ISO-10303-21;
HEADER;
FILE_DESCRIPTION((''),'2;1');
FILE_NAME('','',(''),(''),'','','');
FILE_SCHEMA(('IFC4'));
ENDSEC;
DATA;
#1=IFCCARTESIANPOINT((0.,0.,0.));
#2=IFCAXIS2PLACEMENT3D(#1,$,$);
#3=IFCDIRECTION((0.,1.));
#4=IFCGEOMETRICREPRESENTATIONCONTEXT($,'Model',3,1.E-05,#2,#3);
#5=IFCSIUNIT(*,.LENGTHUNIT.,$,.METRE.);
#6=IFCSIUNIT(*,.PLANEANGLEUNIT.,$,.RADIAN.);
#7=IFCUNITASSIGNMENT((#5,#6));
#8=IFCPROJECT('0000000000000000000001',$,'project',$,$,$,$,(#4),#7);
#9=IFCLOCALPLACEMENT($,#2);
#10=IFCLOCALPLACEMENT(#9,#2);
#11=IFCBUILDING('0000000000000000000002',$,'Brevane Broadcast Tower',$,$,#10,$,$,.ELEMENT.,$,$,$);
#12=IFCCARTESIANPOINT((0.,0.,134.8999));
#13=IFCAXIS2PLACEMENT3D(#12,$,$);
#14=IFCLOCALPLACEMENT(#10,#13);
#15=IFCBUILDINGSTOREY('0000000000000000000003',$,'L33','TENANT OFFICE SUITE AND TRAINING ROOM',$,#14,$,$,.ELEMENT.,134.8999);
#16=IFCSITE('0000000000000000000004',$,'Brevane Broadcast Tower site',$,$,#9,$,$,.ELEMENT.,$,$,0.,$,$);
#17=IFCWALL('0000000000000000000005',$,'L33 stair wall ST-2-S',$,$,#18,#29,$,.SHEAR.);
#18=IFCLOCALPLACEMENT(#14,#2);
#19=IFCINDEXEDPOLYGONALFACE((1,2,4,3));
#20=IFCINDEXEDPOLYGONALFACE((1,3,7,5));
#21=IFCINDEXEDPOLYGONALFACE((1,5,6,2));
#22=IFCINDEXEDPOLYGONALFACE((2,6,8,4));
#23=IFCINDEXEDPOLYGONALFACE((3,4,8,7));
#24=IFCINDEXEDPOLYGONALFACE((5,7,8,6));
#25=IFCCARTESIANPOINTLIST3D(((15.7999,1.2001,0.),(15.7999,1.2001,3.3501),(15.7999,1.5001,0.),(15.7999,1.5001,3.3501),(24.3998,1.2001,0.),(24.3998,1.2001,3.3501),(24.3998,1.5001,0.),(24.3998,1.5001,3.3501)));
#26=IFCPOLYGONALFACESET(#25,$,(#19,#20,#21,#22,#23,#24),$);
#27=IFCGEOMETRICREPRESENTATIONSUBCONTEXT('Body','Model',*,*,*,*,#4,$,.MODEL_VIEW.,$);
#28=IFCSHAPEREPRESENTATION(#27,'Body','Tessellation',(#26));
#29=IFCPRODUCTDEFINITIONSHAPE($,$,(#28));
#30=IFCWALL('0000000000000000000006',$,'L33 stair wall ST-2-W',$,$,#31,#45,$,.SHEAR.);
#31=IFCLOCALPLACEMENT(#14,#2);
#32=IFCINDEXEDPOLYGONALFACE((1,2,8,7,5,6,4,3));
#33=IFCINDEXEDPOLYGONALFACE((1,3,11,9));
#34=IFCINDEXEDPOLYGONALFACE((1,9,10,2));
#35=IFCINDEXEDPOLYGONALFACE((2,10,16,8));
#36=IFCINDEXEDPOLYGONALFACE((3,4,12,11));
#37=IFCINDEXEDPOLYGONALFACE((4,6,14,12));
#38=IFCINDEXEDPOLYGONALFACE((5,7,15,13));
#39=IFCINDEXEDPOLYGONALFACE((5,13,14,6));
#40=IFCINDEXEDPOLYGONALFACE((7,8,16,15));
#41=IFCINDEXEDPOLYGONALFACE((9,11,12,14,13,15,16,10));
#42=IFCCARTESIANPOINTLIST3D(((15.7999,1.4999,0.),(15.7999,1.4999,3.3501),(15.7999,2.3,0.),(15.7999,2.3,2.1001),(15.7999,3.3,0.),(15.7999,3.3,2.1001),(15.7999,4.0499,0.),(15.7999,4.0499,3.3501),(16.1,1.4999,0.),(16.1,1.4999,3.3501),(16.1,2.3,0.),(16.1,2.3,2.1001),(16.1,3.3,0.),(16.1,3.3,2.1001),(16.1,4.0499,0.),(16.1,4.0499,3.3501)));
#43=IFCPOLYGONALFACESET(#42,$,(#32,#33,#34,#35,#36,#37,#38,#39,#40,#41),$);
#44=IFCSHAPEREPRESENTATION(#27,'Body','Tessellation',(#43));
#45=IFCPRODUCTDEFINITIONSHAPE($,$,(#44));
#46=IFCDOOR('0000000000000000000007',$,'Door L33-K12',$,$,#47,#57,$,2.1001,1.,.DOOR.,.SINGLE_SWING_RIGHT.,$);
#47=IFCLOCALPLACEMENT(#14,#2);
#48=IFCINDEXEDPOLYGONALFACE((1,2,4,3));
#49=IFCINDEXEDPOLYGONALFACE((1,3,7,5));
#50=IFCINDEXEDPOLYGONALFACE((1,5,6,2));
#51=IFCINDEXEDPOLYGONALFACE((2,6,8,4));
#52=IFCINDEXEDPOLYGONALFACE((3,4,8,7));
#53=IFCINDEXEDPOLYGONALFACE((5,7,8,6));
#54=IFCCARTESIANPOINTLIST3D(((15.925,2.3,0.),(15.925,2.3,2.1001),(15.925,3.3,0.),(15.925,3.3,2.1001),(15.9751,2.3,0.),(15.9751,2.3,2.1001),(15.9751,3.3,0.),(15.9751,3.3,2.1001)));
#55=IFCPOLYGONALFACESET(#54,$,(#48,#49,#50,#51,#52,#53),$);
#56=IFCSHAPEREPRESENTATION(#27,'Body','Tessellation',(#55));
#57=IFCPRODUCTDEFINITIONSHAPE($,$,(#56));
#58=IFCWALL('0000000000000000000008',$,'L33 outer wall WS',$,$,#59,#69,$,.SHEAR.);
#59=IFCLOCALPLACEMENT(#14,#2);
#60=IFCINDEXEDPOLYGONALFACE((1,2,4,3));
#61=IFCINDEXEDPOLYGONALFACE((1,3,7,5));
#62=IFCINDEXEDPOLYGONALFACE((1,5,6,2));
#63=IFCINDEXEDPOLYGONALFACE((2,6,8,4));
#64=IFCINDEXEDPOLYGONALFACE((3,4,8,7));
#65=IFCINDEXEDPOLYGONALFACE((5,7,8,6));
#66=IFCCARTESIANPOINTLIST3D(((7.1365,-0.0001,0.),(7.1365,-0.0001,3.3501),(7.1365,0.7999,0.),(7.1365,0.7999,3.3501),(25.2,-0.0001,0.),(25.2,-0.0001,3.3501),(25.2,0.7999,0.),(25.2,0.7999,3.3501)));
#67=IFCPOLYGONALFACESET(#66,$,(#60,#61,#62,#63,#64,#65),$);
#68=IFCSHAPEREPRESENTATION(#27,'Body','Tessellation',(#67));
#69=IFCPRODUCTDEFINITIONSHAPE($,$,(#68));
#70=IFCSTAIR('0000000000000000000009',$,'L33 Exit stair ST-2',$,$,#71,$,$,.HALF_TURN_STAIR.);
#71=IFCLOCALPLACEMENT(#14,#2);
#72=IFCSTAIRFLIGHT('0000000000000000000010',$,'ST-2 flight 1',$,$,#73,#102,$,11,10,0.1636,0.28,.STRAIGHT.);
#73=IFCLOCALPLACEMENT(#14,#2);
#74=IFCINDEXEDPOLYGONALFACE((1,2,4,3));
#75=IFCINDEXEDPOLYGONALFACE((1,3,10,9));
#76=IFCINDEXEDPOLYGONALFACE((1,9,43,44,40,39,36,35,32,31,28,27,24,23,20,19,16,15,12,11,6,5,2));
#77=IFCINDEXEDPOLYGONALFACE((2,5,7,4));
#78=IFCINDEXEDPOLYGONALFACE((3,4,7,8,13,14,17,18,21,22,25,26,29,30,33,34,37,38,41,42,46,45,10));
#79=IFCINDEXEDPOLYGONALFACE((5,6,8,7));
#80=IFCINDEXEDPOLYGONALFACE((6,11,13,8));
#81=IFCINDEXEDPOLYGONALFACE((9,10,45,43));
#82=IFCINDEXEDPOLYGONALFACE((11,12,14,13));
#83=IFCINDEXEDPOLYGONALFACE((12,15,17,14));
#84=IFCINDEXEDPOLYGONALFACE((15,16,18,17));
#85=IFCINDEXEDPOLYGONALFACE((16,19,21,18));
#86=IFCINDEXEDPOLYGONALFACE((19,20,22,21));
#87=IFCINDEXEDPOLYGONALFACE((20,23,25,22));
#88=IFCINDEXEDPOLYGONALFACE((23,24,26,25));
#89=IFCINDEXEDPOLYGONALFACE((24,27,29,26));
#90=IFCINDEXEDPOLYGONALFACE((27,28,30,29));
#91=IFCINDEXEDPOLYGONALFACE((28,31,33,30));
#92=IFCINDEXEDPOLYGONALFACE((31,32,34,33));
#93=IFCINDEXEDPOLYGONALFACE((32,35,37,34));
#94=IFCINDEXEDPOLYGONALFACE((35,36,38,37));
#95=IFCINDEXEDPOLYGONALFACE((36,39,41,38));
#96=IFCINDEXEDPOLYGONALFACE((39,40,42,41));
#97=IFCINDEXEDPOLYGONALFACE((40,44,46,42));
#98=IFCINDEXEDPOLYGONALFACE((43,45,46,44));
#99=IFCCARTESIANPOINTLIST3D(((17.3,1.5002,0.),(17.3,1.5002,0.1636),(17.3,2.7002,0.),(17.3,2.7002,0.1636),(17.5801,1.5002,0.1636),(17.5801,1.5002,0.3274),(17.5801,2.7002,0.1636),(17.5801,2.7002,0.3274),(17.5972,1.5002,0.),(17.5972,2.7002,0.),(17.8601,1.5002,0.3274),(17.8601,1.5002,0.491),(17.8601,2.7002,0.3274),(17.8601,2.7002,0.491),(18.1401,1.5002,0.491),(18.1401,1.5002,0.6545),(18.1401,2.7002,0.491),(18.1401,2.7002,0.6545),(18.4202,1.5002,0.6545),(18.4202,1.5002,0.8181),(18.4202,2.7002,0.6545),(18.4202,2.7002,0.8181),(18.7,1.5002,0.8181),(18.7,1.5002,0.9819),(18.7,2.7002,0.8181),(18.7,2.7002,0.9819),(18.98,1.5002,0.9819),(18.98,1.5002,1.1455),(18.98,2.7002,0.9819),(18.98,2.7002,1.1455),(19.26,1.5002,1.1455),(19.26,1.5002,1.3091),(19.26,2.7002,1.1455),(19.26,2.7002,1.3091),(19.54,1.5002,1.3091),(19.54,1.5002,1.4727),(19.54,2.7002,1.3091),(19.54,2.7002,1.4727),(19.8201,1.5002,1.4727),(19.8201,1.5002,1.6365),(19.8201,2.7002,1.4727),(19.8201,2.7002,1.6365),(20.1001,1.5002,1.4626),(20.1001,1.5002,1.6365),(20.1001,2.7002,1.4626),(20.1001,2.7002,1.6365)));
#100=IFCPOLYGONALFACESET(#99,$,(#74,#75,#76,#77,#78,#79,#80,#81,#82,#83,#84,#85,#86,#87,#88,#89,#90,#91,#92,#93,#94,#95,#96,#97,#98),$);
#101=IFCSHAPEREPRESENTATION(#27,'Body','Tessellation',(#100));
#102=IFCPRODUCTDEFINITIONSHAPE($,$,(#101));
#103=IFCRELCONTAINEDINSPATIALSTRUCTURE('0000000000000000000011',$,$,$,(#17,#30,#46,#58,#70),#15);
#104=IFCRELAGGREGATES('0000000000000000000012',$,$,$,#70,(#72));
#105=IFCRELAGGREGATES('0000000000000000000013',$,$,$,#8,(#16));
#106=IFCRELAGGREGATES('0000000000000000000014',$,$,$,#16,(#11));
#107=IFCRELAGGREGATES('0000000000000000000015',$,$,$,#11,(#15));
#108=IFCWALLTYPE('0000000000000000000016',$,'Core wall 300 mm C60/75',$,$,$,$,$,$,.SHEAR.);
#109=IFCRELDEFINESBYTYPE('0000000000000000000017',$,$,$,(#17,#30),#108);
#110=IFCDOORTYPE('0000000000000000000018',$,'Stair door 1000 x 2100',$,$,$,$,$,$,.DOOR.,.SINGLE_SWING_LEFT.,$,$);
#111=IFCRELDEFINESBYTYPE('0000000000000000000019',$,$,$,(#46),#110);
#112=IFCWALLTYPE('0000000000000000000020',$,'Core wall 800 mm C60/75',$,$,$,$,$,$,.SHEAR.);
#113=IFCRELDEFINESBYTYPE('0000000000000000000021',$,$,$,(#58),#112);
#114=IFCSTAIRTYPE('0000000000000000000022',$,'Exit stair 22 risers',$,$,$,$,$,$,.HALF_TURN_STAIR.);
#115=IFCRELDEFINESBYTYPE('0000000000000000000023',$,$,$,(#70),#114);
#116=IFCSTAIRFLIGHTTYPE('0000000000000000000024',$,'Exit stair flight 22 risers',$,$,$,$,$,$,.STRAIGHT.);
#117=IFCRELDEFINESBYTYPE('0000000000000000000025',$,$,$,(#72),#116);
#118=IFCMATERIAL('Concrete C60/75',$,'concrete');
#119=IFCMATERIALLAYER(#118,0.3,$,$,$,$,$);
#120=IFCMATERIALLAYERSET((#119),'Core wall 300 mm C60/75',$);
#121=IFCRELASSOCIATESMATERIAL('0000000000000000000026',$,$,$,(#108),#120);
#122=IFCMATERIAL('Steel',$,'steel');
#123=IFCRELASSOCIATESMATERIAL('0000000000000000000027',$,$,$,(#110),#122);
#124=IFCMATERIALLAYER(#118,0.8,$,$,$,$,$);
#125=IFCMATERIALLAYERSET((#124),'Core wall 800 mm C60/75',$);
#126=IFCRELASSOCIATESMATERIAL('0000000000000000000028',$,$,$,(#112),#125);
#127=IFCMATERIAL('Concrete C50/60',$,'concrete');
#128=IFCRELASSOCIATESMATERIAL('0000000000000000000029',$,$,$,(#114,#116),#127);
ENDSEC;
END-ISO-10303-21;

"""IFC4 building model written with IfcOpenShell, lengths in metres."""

from ifc_helpers import new_model, si_unit, direction, frame, frame_2d, origin, place, context, subcontext, project, spatial, polyline, rectangle, outline, extrude, material, layer, layer_set, type_object, element, fill, aggregate, save


model = new_model("IFC4")

# Units and contexts
model_context = context("Model", 3, precision=1e-05, world=origin(), true_north=direction((0.0, 1.0)))
body_context = subcontext(model_context, "Body", "Model", "MODEL_VIEW")
ifc_project = project(units=[si_unit("LENGTHUNIT", "METRE"), si_unit("PLANEANGLEUNIT", "RADIAN")], contexts=[model_context])

# Site, building, storey
site_placement = place(None, origin())
site = spatial("IfcSite", under=ifc_project, at=site_placement, Name="Brevane Broadcast Tower site", CompositionType="ELEMENT", RefElevation=0.0)
building_placement = place(site_placement, origin())
building = spatial("IfcBuilding", under=site, at=building_placement, Name="Brevane Broadcast Tower", CompositionType="ELEMENT")
storey_placement = place(building_placement, frame((0.0, 0.0, 134.8999)))
storey = spatial("IfcBuildingStorey", under=building, at=storey_placement, Name="L33", Description="TENANT OFFICE SUITE AND TRAINING ROOM", CompositionType="ELEMENT", Elevation=134.8999)

# Shared definitions
ifc_material_1 = material(Name="Concrete C60/75", Category="concrete")
ifc_layer_1 = layer(ifc_material_1, 0.3)
ifc_layer_set_1 = layer_set([ifc_layer_1], Name="Core wall 300 mm C60/75")
wall_type_1 = type_object("IfcWallType", Name="Core wall 300 mm C60/75", PredefinedType="SHEAR", material=ifc_layer_set_1)

# Wall
wall_1_placement = place(storey_placement, frame((15.8, 1.3501, 0.0), z_axis=(0.0, 0.0, 1.0), x_axis=(1.0, 0.0, 0.0)))
element("IfcWall", 1, at=wall_1_placement, inside=storey, type_object=wall_type_1, Name="L33 stair wall ST-2-S", PredefinedType="SHEAR", context=body_context, shape_type="SweptSolid", body=[
    extrude(rectangle(XDim=8.5999, YDim=0.3, at=frame_2d((4.2998, 0.0))), origin(), (0.0, 0.0, 1.0), 3.3501),
])

# Wall, opening, door
wall_2_placement = place(storey_placement, frame((15.95, 1.5, 0.0), z_axis=(0.0, 0.0, 1.0), x_axis=(0.0, 1.0, 0.0)))
wall_2 = element("IfcWall", 2, at=wall_2_placement, inside=storey, type_object=wall_type_1, Name="L33 stair wall ST-2-W", PredefinedType="SHEAR", context=body_context, shape_type="SweptSolid", body=[
    extrude(rectangle(XDim=2.55, YDim=0.3, at=frame_2d((1.2749, 0.0))), origin(), (0.0, 0.0, 1.0), 3.3501),
])
opening_1_placement = place(wall_2_placement, frame((0.8, 0.0, 0.0)))
opening_1 = element("IfcOpeningElement", 3, at=opening_1_placement, cuts=wall_2, PredefinedType="OPENING", context=body_context, shape_type="SweptSolid", body=[
    extrude(rectangle(XDim=1.0, YDim=2.1001, at=frame_2d((0.5, 1.05))), frame((0.0, 0.1599, 0.0), z_axis=(0.0, -1.0, 0.0), x_axis=(1.0, 0.0, 0.0)), (0.0, 0.0, 1.0), 0.3201),
])
ifc_material_2 = material(Name="Steel", Category="steel")
door_type_1 = type_object("IfcDoorType", Name="Stair door 1000 x 2100", OperationType="SINGLE_SWING_LEFT", PredefinedType="DOOR", material=ifc_material_2)
door_1_placement = place(opening_1_placement, origin())
door_1 = element("IfcDoor", 4, at=door_1_placement, inside=storey, type_object=door_type_1, Name="Door L33-K12", OperationType="SINGLE_SWING_RIGHT", OverallHeight=2.1001, OverallWidth=1.0, PredefinedType="DOOR", context=body_context, shape_type="SweptSolid", body=[
    extrude(rectangle(XDim=1.0, YDim=2.1001, at=frame_2d((0.5, 1.05))), frame((0.0, 0.0249, 0.0), z_axis=(0.0, -1.0, 0.0), x_axis=(1.0, 0.0, 0.0)), (0.0, 0.0, 1.0), 0.05),
])
fill(opening_1, door_1)

# Wall
ifc_layer_2 = layer(ifc_material_1, 0.8)
ifc_layer_set_2 = layer_set([ifc_layer_2], Name="Core wall 800 mm C60/75")
wall_type_2 = type_object("IfcWallType", Name="Core wall 800 mm C60/75", PredefinedType="SHEAR", material=ifc_layer_set_2)
wall_3_placement = place(storey_placement, frame((7.1365, 0.3999, 0.0), z_axis=(0.0, 0.0, 1.0), x_axis=(1.0, 0.0, 0.0)))
element("IfcWall", 5, at=wall_3_placement, inside=storey, type_object=wall_type_2, Name="L33 outer wall WS", PredefinedType="SHEAR", context=body_context, shape_type="SweptSolid", body=[
    extrude(rectangle(XDim=18.0635, YDim=0.8, at=frame_2d((9.0317, 0.0))), origin(), (0.0, 0.0, 1.0), 3.3501),
])

# Stair, stair flight
ifc_material_3 = material(Name="Concrete C50/60", Category="concrete")
stair_type = type_object("IfcStairType", Name="Exit stair 22 risers", PredefinedType="HALF_TURN_STAIR", material=ifc_material_3)
stair_placement = place(storey_placement, origin())
stair = element("IfcStair", 6, at=stair_placement, inside=storey, type_object=stair_type, Name="L33 Exit stair ST-2", PredefinedType="HALF_TURN_STAIR")
stair_flight_type = type_object("IfcStairFlightType", Name="Exit stair flight 22 risers", PredefinedType="STRAIGHT", material=ifc_material_3)
stair_flight_placement = place(storey_placement, frame((17.3, 2.1001, 0.0), z_axis=(0.0, 0.0, 1.0), x_axis=(1.0, 0.0, 0.0)))
stair_flight = element("IfcStairFlight", 7, at=stair_flight_placement, type_object=stair_flight_type, Name="ST-2 flight 1", NumberOfRisers=11, NumberOfTreads=10, PredefinedType="STRAIGHT", RiserHeight=0.1636, TreadLength=0.28, context=body_context, shape_type="SweptSolid", body=[
    extrude(outline(polyline([(0.0, 0.0), (0.0, 0.1636), (0.28, 0.1636), (0.28, 0.3274), (0.5601, 0.3274), (0.5601, 0.491), (0.8401, 0.491), (0.8401, 0.6545), (1.1201, 0.6545), (1.1201, 0.8181), (1.3999, 0.8181), (1.3999, 0.9819), (1.6799, 0.9819), (1.6799, 1.1455), (1.96, 1.1455), (1.96, 1.3091), (2.24, 1.3091), (2.24, 1.4727), (2.52, 1.4727), (2.52, 1.6365), (2.8, 1.6365), (2.8, 1.8), (2.8, 1.4626), (0.2971, 0.0), (0.0, 0.0)])), frame((0.0, 0.6001, 0.0), z_axis=(0.0, -1.0, 0.0), x_axis=(1.0, 0.0, 0.0)), (0.0, 0.0, 1.0), 1.2),
])
aggregate(stair, [stair_flight])

save(model, "model.ifc")
